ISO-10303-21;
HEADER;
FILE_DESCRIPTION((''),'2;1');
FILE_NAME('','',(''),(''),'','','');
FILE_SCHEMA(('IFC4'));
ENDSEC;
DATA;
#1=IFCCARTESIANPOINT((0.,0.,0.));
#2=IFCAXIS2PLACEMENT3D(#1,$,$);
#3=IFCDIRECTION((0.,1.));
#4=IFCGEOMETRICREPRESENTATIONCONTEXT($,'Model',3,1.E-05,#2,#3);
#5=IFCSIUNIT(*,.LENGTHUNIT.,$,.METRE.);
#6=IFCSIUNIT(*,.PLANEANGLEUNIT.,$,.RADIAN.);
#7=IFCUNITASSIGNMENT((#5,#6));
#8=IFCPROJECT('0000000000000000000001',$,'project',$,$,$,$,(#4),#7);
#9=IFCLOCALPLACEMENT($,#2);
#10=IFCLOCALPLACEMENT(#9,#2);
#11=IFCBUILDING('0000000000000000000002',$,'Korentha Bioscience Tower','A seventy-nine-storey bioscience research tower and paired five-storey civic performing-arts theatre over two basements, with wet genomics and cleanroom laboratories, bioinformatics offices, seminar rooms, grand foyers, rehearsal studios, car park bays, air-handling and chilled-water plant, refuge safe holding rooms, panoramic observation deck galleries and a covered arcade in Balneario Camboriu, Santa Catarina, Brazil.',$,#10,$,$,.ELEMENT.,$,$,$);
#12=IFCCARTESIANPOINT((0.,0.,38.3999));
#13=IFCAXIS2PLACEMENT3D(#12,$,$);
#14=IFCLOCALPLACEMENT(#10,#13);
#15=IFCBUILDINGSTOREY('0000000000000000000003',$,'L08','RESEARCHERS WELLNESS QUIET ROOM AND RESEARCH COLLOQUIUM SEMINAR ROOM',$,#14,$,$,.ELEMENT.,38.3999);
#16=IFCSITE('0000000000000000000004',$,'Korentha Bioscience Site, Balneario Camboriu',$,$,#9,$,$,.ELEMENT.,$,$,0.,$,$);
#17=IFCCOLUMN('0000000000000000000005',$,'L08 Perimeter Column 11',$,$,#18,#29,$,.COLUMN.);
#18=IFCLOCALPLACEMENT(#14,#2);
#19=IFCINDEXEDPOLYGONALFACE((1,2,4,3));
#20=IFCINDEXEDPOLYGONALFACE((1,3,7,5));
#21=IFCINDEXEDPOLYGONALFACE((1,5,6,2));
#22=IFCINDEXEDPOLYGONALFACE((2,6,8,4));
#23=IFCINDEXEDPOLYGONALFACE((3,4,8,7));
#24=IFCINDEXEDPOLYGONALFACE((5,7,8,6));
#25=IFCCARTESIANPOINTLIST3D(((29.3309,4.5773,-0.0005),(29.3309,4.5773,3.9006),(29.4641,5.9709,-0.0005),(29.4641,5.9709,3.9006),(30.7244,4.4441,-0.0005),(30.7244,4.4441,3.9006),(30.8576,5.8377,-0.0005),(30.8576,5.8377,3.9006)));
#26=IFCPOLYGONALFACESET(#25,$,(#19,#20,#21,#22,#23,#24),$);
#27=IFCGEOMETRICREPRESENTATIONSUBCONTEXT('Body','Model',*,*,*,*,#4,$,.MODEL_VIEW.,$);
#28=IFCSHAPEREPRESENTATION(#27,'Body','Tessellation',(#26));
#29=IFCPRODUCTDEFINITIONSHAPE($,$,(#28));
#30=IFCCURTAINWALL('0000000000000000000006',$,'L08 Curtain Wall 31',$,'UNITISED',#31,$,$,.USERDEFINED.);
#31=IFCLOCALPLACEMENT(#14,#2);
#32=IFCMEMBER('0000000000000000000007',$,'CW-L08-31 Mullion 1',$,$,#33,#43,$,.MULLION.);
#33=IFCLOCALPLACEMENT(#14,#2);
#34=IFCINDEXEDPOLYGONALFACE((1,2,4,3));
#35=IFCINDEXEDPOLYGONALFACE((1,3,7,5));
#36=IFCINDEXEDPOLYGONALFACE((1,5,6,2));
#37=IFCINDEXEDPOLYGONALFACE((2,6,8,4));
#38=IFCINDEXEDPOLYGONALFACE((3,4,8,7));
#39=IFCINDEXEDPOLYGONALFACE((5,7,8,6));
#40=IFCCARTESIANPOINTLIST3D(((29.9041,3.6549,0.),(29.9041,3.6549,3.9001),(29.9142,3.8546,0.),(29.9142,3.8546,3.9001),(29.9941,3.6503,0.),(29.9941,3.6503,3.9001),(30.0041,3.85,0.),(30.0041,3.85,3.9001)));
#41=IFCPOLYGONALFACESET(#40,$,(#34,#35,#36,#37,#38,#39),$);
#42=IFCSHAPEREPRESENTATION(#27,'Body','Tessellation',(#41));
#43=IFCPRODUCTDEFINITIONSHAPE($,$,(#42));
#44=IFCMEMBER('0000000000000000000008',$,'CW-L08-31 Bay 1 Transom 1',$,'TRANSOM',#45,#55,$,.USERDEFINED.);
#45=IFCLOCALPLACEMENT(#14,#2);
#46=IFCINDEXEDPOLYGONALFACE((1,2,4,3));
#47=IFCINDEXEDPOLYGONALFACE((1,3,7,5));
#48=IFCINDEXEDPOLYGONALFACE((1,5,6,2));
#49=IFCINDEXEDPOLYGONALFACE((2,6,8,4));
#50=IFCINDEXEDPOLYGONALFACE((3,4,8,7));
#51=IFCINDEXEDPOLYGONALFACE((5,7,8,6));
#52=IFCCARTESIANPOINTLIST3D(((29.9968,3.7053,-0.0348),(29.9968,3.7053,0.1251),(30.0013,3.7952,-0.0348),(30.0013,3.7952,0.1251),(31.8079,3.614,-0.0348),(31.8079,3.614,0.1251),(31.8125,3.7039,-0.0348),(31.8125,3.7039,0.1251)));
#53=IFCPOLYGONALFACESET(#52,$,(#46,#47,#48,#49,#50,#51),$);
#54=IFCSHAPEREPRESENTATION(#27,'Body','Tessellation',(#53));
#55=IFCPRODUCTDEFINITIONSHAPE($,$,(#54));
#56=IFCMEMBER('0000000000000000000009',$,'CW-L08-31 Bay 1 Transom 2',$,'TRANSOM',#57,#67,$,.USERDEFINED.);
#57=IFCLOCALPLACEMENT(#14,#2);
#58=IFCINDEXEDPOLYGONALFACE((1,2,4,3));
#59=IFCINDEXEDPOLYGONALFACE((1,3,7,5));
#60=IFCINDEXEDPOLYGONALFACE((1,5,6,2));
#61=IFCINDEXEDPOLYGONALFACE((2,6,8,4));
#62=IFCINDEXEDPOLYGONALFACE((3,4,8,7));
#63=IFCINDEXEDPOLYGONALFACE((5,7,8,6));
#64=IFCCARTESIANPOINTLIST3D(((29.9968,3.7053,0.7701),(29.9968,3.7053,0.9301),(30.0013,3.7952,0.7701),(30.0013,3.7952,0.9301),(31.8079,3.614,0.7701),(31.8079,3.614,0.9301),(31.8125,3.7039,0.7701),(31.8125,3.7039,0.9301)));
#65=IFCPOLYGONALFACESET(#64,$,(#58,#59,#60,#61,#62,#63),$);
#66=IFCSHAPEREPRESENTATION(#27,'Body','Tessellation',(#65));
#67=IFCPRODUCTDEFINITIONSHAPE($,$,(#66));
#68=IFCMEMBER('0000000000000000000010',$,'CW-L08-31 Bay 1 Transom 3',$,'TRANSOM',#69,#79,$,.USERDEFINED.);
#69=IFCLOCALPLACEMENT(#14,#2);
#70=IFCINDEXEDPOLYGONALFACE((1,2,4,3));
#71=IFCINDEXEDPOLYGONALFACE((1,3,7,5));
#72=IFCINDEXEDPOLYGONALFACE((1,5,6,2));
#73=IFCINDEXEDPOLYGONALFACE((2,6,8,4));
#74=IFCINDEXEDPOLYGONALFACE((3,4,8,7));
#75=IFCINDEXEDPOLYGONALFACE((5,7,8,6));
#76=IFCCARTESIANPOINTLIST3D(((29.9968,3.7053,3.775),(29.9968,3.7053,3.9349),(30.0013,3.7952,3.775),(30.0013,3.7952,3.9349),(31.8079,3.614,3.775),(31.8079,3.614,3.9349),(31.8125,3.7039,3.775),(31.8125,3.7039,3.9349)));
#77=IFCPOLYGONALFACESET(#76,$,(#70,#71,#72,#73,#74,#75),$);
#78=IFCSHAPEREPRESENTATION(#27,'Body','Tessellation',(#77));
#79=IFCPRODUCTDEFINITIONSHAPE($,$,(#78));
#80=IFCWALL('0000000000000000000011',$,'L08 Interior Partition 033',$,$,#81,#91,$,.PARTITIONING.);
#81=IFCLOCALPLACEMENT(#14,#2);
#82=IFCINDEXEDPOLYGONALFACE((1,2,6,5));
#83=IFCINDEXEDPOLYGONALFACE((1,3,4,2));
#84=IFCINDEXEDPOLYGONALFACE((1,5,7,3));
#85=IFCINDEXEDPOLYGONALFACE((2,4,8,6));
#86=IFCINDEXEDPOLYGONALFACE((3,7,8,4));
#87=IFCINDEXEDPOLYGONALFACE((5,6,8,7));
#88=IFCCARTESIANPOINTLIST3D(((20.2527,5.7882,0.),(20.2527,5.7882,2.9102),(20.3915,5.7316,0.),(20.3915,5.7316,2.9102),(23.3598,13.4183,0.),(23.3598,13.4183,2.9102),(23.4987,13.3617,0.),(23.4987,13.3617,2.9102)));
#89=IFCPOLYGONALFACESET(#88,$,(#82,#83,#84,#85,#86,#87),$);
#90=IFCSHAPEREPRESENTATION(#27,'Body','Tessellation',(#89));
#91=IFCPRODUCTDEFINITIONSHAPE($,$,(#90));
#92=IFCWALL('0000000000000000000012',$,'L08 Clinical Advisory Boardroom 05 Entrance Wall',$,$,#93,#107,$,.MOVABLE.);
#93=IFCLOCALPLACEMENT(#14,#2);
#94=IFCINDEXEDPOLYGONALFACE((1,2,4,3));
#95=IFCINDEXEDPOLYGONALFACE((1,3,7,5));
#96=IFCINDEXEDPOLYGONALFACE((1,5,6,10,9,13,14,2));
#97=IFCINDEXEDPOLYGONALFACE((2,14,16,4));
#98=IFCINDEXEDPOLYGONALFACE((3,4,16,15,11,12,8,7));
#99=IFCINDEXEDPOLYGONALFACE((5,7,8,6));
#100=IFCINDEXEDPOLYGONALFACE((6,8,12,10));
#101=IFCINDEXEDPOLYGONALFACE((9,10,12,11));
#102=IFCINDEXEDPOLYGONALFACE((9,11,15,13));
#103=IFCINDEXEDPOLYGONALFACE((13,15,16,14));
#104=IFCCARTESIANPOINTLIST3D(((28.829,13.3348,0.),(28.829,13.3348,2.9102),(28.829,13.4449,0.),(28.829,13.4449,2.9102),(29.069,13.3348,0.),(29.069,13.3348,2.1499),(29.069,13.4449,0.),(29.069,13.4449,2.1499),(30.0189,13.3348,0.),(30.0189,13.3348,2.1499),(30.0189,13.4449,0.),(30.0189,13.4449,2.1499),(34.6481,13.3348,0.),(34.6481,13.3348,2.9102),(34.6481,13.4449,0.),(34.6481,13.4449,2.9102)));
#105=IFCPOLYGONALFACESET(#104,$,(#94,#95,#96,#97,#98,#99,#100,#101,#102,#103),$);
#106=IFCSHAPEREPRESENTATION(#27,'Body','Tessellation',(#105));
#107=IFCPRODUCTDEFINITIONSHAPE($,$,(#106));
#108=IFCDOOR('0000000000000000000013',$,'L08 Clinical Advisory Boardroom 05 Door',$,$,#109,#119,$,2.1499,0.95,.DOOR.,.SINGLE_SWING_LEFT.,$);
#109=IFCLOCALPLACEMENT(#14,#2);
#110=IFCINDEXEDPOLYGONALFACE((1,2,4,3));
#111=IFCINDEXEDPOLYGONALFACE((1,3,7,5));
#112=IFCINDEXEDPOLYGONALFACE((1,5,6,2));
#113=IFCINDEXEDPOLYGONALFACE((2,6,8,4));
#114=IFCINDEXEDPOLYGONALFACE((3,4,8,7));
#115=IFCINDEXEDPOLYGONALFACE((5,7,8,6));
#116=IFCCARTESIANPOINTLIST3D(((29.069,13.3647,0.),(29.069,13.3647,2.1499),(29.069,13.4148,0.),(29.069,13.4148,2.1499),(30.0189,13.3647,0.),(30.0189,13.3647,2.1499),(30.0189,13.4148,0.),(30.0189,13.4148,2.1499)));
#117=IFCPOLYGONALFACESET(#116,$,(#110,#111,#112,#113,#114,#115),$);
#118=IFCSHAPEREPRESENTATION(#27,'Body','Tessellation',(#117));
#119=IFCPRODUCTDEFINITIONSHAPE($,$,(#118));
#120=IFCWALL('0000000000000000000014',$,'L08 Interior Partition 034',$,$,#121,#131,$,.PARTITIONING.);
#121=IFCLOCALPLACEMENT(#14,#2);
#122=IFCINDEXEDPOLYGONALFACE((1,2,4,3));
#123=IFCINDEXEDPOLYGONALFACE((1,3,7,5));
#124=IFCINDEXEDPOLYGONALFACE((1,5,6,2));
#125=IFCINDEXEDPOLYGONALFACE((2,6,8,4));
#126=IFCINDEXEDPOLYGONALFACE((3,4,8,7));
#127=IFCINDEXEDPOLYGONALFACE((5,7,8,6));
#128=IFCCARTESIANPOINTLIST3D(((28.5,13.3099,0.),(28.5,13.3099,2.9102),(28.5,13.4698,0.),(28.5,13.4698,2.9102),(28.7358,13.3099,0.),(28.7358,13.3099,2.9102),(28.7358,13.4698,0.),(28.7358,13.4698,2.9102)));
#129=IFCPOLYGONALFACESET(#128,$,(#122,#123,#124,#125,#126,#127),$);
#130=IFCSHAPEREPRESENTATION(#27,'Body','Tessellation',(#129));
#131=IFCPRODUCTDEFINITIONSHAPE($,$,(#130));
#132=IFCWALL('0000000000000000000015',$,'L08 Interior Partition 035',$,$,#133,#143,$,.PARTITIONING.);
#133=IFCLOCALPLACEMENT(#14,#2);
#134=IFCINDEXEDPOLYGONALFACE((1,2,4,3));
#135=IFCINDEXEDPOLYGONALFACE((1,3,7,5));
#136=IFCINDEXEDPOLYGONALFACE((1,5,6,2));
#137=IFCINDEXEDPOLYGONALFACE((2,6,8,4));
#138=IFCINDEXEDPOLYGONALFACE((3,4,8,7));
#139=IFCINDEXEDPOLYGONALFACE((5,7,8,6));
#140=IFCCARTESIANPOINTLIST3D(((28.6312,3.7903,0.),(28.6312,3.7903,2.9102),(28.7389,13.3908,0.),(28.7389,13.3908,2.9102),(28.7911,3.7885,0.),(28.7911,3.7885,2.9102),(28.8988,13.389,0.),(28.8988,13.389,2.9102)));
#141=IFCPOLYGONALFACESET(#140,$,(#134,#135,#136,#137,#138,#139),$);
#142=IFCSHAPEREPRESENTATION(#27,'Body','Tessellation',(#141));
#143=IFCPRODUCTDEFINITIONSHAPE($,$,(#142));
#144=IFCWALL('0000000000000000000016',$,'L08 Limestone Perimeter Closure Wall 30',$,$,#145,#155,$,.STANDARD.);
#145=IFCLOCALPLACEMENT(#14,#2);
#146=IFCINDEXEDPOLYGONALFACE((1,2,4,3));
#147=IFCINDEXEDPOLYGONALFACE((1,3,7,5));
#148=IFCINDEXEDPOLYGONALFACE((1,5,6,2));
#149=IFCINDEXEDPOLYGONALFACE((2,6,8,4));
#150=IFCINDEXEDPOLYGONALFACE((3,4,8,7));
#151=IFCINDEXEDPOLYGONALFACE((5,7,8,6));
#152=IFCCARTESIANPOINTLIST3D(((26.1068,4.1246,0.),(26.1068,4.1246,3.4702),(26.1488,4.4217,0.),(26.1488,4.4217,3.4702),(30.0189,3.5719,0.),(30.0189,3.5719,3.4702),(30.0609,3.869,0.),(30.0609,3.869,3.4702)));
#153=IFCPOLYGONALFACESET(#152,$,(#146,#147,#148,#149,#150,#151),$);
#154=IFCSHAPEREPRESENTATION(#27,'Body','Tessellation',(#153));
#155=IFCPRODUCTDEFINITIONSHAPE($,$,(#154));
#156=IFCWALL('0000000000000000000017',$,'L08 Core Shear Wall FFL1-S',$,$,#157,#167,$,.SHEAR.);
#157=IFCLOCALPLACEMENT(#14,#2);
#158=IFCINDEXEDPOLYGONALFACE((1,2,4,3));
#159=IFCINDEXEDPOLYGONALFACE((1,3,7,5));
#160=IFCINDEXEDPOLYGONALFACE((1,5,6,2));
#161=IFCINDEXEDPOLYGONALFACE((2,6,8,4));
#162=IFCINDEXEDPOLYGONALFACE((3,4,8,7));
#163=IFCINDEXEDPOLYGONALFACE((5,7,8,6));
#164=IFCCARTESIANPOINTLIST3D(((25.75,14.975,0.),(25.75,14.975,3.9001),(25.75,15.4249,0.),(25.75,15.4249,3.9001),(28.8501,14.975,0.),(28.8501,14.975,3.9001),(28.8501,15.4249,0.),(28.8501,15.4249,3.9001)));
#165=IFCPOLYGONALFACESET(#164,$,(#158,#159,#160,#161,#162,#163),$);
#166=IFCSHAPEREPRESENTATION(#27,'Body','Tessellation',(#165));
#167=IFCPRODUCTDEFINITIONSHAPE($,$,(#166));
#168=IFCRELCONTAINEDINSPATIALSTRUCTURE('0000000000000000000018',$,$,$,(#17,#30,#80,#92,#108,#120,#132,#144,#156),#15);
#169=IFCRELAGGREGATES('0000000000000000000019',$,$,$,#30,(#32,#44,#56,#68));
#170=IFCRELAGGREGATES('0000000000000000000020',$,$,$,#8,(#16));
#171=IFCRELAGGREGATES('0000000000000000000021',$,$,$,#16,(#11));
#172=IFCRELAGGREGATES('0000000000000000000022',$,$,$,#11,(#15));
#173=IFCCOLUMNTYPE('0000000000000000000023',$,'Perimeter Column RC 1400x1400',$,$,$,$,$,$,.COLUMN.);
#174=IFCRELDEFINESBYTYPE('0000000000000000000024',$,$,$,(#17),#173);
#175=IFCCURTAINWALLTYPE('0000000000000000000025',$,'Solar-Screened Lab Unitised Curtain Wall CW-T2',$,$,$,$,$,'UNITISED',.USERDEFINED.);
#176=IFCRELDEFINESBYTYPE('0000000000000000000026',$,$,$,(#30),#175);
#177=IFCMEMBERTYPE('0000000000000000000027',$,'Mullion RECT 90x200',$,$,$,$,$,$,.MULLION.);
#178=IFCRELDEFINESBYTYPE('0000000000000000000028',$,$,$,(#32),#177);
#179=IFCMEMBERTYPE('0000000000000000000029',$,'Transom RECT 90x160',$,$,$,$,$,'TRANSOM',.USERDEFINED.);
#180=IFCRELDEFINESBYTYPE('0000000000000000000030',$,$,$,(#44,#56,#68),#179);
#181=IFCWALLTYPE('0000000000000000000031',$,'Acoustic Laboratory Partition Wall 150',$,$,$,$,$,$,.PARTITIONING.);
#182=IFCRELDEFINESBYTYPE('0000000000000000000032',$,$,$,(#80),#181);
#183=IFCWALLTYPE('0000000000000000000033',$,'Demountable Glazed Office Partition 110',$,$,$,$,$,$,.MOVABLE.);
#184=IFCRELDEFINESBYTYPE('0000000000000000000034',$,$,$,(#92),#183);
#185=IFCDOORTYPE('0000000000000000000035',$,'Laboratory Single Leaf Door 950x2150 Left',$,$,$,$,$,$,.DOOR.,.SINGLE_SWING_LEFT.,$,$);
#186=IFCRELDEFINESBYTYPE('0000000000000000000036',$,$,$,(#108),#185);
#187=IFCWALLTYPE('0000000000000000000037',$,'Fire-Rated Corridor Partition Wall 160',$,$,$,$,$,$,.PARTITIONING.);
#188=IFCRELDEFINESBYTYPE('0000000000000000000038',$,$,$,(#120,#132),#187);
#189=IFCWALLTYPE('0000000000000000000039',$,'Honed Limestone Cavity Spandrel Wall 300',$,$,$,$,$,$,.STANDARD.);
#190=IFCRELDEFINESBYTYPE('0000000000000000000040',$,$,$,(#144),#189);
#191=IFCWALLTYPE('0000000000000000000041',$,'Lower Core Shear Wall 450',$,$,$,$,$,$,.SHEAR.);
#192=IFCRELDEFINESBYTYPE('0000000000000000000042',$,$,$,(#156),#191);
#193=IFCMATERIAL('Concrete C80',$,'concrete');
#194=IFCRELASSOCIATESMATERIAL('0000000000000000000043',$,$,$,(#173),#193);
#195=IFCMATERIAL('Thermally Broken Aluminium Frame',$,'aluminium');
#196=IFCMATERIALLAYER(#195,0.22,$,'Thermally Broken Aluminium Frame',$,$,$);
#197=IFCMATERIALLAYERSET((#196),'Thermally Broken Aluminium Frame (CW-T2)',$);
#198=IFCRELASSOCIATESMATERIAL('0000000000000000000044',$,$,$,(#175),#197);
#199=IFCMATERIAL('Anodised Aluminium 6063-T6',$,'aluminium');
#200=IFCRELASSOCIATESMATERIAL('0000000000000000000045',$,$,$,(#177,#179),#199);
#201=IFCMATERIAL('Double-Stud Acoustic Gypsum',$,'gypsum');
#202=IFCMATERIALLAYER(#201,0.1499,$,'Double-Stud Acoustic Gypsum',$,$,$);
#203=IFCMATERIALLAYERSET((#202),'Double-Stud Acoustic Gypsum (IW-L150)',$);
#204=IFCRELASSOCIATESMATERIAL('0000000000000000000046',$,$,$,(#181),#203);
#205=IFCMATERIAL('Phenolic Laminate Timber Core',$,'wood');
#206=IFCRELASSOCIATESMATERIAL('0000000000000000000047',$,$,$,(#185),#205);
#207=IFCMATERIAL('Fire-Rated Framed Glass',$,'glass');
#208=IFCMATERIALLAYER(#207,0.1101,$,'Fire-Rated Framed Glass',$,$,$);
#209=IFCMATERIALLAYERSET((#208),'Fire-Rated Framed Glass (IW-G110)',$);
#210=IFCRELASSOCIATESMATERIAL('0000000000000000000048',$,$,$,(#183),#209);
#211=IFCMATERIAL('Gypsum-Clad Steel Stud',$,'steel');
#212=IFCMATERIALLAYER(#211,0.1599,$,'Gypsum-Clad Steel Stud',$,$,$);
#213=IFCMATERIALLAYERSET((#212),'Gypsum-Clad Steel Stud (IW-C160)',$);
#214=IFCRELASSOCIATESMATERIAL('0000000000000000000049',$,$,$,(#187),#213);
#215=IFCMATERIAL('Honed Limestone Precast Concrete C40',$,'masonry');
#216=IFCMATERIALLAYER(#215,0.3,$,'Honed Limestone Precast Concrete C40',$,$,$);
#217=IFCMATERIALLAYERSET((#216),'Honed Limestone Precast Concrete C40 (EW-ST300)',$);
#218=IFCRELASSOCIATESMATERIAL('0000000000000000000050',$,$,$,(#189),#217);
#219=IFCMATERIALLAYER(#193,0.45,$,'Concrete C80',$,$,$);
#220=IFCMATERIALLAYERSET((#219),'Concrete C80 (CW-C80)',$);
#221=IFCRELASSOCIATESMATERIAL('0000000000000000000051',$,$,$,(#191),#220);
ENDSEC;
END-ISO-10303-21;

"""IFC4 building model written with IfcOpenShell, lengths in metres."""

from ifc_helpers import new_model, si_unit, direction, frame, frame_2d, origin, origin_2d, place, context, subcontext, project, spatial, rectangle, extrude, material, layer, layer_set, material_profile, profile_set, type_object, element, fill, aggregate, save


model = new_model("IFC4")

# Units and contexts
model_context = context("Model", 3, precision=1e-05, world=origin(), true_north=direction((0.0, 1.0)))
body_context = subcontext(model_context, "Body", "Model", "MODEL_VIEW")
ifc_project = project(units=[si_unit("LENGTHUNIT", "METRE"), si_unit("PLANEANGLEUNIT", "RADIAN")], contexts=[model_context])

# Site, building, storey
site_placement = place(None, origin())
site = spatial("IfcSite", under=ifc_project, at=site_placement, Name="Korentha Bioscience Site, Balneario Camboriu", CompositionType="ELEMENT", RefElevation=0.0)
building_placement = place(site_placement, origin())
building = spatial("IfcBuilding", under=site, at=building_placement, Name="Korentha Bioscience Tower", Description="A seventy-nine-storey bioscience research tower and paired five-storey civic performing-arts theatre over two basements, with wet genomics and cleanroom laboratories, bioinformatics offices, seminar rooms, grand foyers, rehearsal studios, car park bays, air-handling and chilled-water plant, refuge safe holding rooms, panoramic observation deck galleries and a covered arcade in Balneario Camboriu, Santa Catarina, Brazil.", CompositionType="ELEMENT")
storey_placement = place(building_placement, frame((0.0, 0.0, 38.3999)))
storey = spatial("IfcBuildingStorey", under=building, at=storey_placement, Name="L08", Description="RESEARCHERS WELLNESS QUIET ROOM AND RESEARCH COLLOQUIUM SEMINAR ROOM", CompositionType="ELEMENT", Elevation=38.3999)

# Column
ifc_material_1 = material(Name="Concrete C80", Category="concrete")
ifc_material_profile_1 = material_profile(ifc_material_1, rectangle(XDim=1.3999, YDim=1.3999, at=origin_2d()), Name="Concrete C80")
ifc_profile_set_1 = profile_set([ifc_material_profile_1], Name="Concrete C80 (COL-P14)")
column_type = type_object("IfcColumnType", Name="Perimeter Column RC 1400x1400", PredefinedType="COLUMN", material=ifc_profile_set_1)
column_placement = place(storey_placement, frame((30.0942, 5.2075, -0.0005), z_axis=(0.0, 0.0, 1.0), x_axis=(-0.995463, 0.095151, 0.0)))
element("IfcColumn", 1, at=column_placement, inside=storey, type_object=column_type, Name="L08 Perimeter Column 11", PredefinedType="COLUMN", context=body_context, shape_type="SweptSolid", body=[
    extrude(rectangle(XDim=1.3999, YDim=1.3999, at=origin_2d()), origin(), (0.0, 0.0, 1.0), 3.9011),
])

# Curtain wall, members
ifc_material_2 = material(Name="Thermally Broken Aluminium Frame", Category="aluminium")
ifc_layer_1 = layer(ifc_material_2, 0.22, Name="Thermally Broken Aluminium Frame")
ifc_layer_set_1 = layer_set([ifc_layer_1], Name="Thermally Broken Aluminium Frame (CW-T2)")
curtain_wall_type = type_object("IfcCurtainWallType", Name="Solar-Screened Lab Unitised Curtain Wall CW-T2", ElementType="UNITISED", PredefinedType="USERDEFINED", material=ifc_layer_set_1)
curtain_wall_placement = place(storey_placement, origin())
curtain_wall = element("IfcCurtainWall", 2, at=curtain_wall_placement, inside=storey, type_object=curtain_wall_type, Name="L08 Curtain Wall 31", ObjectType="UNITISED", PredefinedType="USERDEFINED")
ifc_material_3 = material(Name="Anodised Aluminium 6063-T6", Category="aluminium")
ifc_material_profile_2 = material_profile(ifc_material_3, rectangle(XDim=0.0901, YDim=0.2, at=origin_2d()), Name="Anodised Aluminium 6063-T6")
ifc_profile_set_2 = profile_set([ifc_material_profile_2], Name="Anodised Aluminium 6063-T6 (CW-MUL)")
member_type_1 = type_object("IfcMemberType", Name="Mullion RECT 90x200", PredefinedType="MULLION", material=ifc_profile_set_2)
member_1_placement = place(storey_placement, frame((29.9541, 3.7524, 0.0), z_axis=(0.0, 0.0, 1.0), x_axis=(0.998731, -0.050371, 0.0)))
member_1 = element("IfcMember", 3, at=member_1_placement, type_object=member_type_1, Name="CW-L08-31 Mullion 1", PredefinedType="MULLION", context=body_context, shape_type="SweptSolid", body=[
    extrude(rectangle(XDim=0.0901, YDim=0.2, at=origin_2d()), origin(), (0.0, 0.0, 1.0), 3.9001),
])
ifc_material_profile_3 = material_profile(ifc_material_3, rectangle(XDim=0.0901, YDim=0.1599, at=origin_2d()), Name="Anodised Aluminium 6063-T6")
ifc_profile_set_3 = profile_set([ifc_material_profile_3], Name="Anodised Aluminium 6063-T6 (CW-TRN)")
member_type_2 = type_object("IfcMemberType", Name="Transom RECT 90x160", ElementType="TRANSOM", PredefinedType="USERDEFINED", material=ifc_profile_set_3)
member_2_placement = place(storey_placement, frame((29.999, 3.7502, 0.0452), z_axis=(0.998732, -0.050347, 0.0), x_axis=(0.050347, 0.998732, 0.0)))
member_2 = element("IfcMember", 4, at=member_2_placement, type_object=member_type_2, Name="CW-L08-31 Bay 1 Transom 1", ObjectType="TRANSOM", PredefinedType="USERDEFINED", context=body_context, shape_type="SweptSolid", body=[
    extrude(rectangle(XDim=0.0901, YDim=0.1599, at=origin_2d()), origin(), (0.0, 0.0, 1.0), 1.8135),
])
member_3_placement = place(storey_placement, frame((29.999, 3.7502, 0.8501), z_axis=(0.998732, -0.050347, 0.0), x_axis=(0.050347, 0.998732, 0.0)))
member_3 = element("IfcMember", 5, at=member_3_placement, type_object=member_type_2, Name="CW-L08-31 Bay 1 Transom 2", ObjectType="TRANSOM", PredefinedType="USERDEFINED", context=body_context, shape_type="SweptSolid", body=[
    extrude(rectangle(XDim=0.0901, YDim=0.1599, at=origin_2d()), origin(), (0.0, 0.0, 1.0), 1.8135),
])
member_4_placement = place(storey_placement, frame((29.999, 3.7502, 3.855), z_axis=(0.998732, -0.050347, 0.0), x_axis=(0.050347, 0.998732, 0.0)))
member_4 = element("IfcMember", 6, at=member_4_placement, type_object=member_type_2, Name="CW-L08-31 Bay 1 Transom 3", ObjectType="TRANSOM", PredefinedType="USERDEFINED", context=body_context, shape_type="SweptSolid", body=[
    extrude(rectangle(XDim=0.0901, YDim=0.1599, at=origin_2d()), origin(), (0.0, 0.0, 1.0), 1.8135),
])
aggregate(curtain_wall, [member_1, member_2, member_3, member_4])

# Shared definitions
ifc_material_4 = material(Name="Double-Stud Acoustic Gypsum", Category="gypsum")
ifc_layer_2 = layer(ifc_material_4, 0.1499, Name="Double-Stud Acoustic Gypsum")
ifc_layer_set_2 = layer_set([ifc_layer_2], Name="Double-Stud Acoustic Gypsum (IW-L150)")
wall_type_1 = type_object("IfcWallType", Name="Acoustic Laboratory Partition Wall 150", PredefinedType="PARTITIONING", material=ifc_layer_set_2)
ifc_material_5 = material(Name="Phenolic Laminate Timber Core", Category="wood")
door_type_1 = type_object("IfcDoorType", Name="Laboratory Single Leaf Door 950x2150 Left", OperationType="SINGLE_SWING_LEFT", PredefinedType="DOOR", material=ifc_material_5)

# Wall
wall_1_placement = place(storey_placement, frame((23.4292, 13.3899, 0.0), z_axis=(0.0, 0.0, 1.0), x_axis=(-0.377152, -0.926151, 0.0)))
element("IfcWall", 7, at=wall_1_placement, inside=storey, type_object=wall_type_1, Name="L08 Interior Partition 033", PredefinedType="PARTITIONING", context=body_context, shape_type="SweptSolid", body=[
    extrude(rectangle(XDim=8.2385, YDim=0.1499, at=frame_2d((4.1191, 0.0))), origin(), (0.0, 0.0, 1.0), 2.9102),
])

# Wall, opening, door
ifc_material_6 = material(Name="Fire-Rated Framed Glass", Category="glass")
ifc_layer_3 = layer(ifc_material_6, 0.1101, Name="Fire-Rated Framed Glass")
ifc_layer_set_3 = layer_set([ifc_layer_3], Name="Fire-Rated Framed Glass (IW-G110)")
wall_type_2 = type_object("IfcWallType", Name="Demountable Glazed Office Partition 110", PredefinedType="MOVABLE", material=ifc_layer_set_3)
wall_2_placement = place(storey_placement, frame((28.8289, 13.3899, 0.0), z_axis=(0.0, 0.0, 1.0), x_axis=(1.0, 0.0, 0.0)))
wall_2 = element("IfcWall", 8, at=wall_2_placement, inside=storey, type_object=wall_type_2, Name="L08 Clinical Advisory Boardroom 05 Entrance Wall", PredefinedType="MOVABLE", context=body_context, shape_type="SweptSolid", body=[
    extrude(rectangle(XDim=5.8191, YDim=0.1101, at=frame_2d((2.9097, 0.0))), origin(), (0.0, 0.0, 1.0), 2.9102),
])
opening_1_placement = place(wall_2_placement, frame((0.24, 0.0, 0.0)))
opening_1 = element("IfcOpeningElement", 9, at=opening_1_placement, cuts=wall_2, PredefinedType="OPENING", context=body_context, shape_type="SweptSolid", body=[
    extrude(rectangle(XDim=0.95, YDim=2.1499, at=frame_2d((0.4751, 1.075))), frame((0.0, 0.0698, 0.0), z_axis=(0.0, -1.0, 0.0), x_axis=(1.0, 0.0, 0.0)), (0.0, 0.0, 1.0), 0.1399),
])
door_1_placement = place(opening_1_placement, origin())
door_1 = element("IfcDoor", 10, at=door_1_placement, inside=storey, type_object=door_type_1, Name="L08 Clinical Advisory Boardroom 05 Door", OperationType="SINGLE_SWING_LEFT", OverallHeight=2.1499, OverallWidth=0.95, PredefinedType="DOOR", context=body_context, shape_type="SweptSolid", body=[
    extrude(rectangle(XDim=0.95, YDim=2.1499, at=frame_2d((0.4751, 1.075))), frame((0.0, 0.0249, 0.0), z_axis=(0.0, -1.0, 0.0), x_axis=(1.0, 0.0, 0.0)), (0.0, 0.0, 1.0), 0.05),
])
fill(opening_1, door_1)
ifc_material_7 = material(Name="Gypsum-Clad Steel Stud", Category="steel")
ifc_layer_4 = layer(ifc_material_7, 0.1599, Name="Gypsum-Clad Steel Stud")
ifc_layer_set_4 = layer_set([ifc_layer_4], Name="Gypsum-Clad Steel Stud (IW-C160)")
wall_type_3 = type_object("IfcWallType", Name="Fire-Rated Corridor Partition Wall 160", PredefinedType="PARTITIONING", material=ifc_layer_set_4)

# Walls
wall_3_placement = place(storey_placement, frame((28.5, 13.3899, 0.0), z_axis=(0.0, 0.0, 1.0), x_axis=(1.0, 0.0, 0.0)))
element("IfcWall", 11, at=wall_3_placement, inside=storey, type_object=wall_type_3, Name="L08 Interior Partition 034", PredefinedType="PARTITIONING", context=body_context, shape_type="SweptSolid", body=[
    extrude(rectangle(XDim=0.2358, YDim=0.1599, at=frame_2d((0.1179, 0.0))), origin(), (0.0, 0.0, 1.0), 2.9102),
])
wall_4_placement = place(storey_placement, frame((28.8188, 13.3899, 0.0), z_axis=(0.0, 0.0, 1.0), x_axis=(-0.011214, -0.999937, 0.0)))
element("IfcWall", 12, at=wall_4_placement, inside=storey, type_object=wall_type_3, Name="L08 Interior Partition 035", PredefinedType="PARTITIONING", context=body_context, shape_type="SweptSolid", body=[
    extrude(rectangle(XDim=9.6011, YDim=0.1599, at=frame_2d((4.8005, 0.0))), origin(), (0.0, 0.0, 1.0), 2.9102),
])

# Shared definitions
ifc_material_8 = material(Name="Honed Limestone Precast Concrete C40", Category="masonry")
ifc_layer_5 = layer(ifc_material_8, 0.3, Name="Honed Limestone Precast Concrete C40")
ifc_layer_set_5 = layer_set([ifc_layer_5], Name="Honed Limestone Precast Concrete C40 (EW-ST300)")
wall_type_4 = type_object("IfcWallType", Name="Honed Limestone Cavity Spandrel Wall 300", PredefinedType="STANDARD", material=ifc_layer_set_5)

# Walls
wall_5_placement = place(storey_placement, frame((26.1277, 4.2732, 0.0), z_axis=(0.0, 0.0, 1.0), x_axis=(0.990166, -0.139899, 0.0)))
element("IfcWall", 13, at=wall_5_placement, inside=storey, type_object=wall_type_4, Name="L08 Limestone Perimeter Closure Wall 30", PredefinedType="STANDARD", context=body_context, shape_type="SweptSolid", body=[
    extrude(rectangle(XDim=3.9509, YDim=0.3, at=frame_2d((1.9756, 0.0))), origin(), (0.0, 0.0, 1.0), 3.4702),
])
ifc_layer_6 = layer(ifc_material_1, 0.45, Name="Concrete C80")
ifc_layer_set_6 = layer_set([ifc_layer_6], Name="Concrete C80 (CW-C80)")
wall_type_5 = type_object("IfcWallType", Name="Lower Core Shear Wall 450", PredefinedType="SHEAR", material=ifc_layer_set_6)
wall_6_placement = place(storey_placement, frame((25.75, 15.2, 0.0), z_axis=(0.0, 0.0, 1.0), x_axis=(1.0, 0.0, 0.0)))
element("IfcWall", 14, at=wall_6_placement, inside=storey, type_object=wall_type_5, Name="L08 Core Shear Wall FFL1-S", PredefinedType="SHEAR", context=body_context, shape_type="SweptSolid", body=[
    extrude(rectangle(XDim=3.1001, YDim=0.45, at=frame_2d((1.55, 0.0))), origin(), (0.0, 0.0, 1.0), 3.9001),
])

save(model, "model.ifc")
